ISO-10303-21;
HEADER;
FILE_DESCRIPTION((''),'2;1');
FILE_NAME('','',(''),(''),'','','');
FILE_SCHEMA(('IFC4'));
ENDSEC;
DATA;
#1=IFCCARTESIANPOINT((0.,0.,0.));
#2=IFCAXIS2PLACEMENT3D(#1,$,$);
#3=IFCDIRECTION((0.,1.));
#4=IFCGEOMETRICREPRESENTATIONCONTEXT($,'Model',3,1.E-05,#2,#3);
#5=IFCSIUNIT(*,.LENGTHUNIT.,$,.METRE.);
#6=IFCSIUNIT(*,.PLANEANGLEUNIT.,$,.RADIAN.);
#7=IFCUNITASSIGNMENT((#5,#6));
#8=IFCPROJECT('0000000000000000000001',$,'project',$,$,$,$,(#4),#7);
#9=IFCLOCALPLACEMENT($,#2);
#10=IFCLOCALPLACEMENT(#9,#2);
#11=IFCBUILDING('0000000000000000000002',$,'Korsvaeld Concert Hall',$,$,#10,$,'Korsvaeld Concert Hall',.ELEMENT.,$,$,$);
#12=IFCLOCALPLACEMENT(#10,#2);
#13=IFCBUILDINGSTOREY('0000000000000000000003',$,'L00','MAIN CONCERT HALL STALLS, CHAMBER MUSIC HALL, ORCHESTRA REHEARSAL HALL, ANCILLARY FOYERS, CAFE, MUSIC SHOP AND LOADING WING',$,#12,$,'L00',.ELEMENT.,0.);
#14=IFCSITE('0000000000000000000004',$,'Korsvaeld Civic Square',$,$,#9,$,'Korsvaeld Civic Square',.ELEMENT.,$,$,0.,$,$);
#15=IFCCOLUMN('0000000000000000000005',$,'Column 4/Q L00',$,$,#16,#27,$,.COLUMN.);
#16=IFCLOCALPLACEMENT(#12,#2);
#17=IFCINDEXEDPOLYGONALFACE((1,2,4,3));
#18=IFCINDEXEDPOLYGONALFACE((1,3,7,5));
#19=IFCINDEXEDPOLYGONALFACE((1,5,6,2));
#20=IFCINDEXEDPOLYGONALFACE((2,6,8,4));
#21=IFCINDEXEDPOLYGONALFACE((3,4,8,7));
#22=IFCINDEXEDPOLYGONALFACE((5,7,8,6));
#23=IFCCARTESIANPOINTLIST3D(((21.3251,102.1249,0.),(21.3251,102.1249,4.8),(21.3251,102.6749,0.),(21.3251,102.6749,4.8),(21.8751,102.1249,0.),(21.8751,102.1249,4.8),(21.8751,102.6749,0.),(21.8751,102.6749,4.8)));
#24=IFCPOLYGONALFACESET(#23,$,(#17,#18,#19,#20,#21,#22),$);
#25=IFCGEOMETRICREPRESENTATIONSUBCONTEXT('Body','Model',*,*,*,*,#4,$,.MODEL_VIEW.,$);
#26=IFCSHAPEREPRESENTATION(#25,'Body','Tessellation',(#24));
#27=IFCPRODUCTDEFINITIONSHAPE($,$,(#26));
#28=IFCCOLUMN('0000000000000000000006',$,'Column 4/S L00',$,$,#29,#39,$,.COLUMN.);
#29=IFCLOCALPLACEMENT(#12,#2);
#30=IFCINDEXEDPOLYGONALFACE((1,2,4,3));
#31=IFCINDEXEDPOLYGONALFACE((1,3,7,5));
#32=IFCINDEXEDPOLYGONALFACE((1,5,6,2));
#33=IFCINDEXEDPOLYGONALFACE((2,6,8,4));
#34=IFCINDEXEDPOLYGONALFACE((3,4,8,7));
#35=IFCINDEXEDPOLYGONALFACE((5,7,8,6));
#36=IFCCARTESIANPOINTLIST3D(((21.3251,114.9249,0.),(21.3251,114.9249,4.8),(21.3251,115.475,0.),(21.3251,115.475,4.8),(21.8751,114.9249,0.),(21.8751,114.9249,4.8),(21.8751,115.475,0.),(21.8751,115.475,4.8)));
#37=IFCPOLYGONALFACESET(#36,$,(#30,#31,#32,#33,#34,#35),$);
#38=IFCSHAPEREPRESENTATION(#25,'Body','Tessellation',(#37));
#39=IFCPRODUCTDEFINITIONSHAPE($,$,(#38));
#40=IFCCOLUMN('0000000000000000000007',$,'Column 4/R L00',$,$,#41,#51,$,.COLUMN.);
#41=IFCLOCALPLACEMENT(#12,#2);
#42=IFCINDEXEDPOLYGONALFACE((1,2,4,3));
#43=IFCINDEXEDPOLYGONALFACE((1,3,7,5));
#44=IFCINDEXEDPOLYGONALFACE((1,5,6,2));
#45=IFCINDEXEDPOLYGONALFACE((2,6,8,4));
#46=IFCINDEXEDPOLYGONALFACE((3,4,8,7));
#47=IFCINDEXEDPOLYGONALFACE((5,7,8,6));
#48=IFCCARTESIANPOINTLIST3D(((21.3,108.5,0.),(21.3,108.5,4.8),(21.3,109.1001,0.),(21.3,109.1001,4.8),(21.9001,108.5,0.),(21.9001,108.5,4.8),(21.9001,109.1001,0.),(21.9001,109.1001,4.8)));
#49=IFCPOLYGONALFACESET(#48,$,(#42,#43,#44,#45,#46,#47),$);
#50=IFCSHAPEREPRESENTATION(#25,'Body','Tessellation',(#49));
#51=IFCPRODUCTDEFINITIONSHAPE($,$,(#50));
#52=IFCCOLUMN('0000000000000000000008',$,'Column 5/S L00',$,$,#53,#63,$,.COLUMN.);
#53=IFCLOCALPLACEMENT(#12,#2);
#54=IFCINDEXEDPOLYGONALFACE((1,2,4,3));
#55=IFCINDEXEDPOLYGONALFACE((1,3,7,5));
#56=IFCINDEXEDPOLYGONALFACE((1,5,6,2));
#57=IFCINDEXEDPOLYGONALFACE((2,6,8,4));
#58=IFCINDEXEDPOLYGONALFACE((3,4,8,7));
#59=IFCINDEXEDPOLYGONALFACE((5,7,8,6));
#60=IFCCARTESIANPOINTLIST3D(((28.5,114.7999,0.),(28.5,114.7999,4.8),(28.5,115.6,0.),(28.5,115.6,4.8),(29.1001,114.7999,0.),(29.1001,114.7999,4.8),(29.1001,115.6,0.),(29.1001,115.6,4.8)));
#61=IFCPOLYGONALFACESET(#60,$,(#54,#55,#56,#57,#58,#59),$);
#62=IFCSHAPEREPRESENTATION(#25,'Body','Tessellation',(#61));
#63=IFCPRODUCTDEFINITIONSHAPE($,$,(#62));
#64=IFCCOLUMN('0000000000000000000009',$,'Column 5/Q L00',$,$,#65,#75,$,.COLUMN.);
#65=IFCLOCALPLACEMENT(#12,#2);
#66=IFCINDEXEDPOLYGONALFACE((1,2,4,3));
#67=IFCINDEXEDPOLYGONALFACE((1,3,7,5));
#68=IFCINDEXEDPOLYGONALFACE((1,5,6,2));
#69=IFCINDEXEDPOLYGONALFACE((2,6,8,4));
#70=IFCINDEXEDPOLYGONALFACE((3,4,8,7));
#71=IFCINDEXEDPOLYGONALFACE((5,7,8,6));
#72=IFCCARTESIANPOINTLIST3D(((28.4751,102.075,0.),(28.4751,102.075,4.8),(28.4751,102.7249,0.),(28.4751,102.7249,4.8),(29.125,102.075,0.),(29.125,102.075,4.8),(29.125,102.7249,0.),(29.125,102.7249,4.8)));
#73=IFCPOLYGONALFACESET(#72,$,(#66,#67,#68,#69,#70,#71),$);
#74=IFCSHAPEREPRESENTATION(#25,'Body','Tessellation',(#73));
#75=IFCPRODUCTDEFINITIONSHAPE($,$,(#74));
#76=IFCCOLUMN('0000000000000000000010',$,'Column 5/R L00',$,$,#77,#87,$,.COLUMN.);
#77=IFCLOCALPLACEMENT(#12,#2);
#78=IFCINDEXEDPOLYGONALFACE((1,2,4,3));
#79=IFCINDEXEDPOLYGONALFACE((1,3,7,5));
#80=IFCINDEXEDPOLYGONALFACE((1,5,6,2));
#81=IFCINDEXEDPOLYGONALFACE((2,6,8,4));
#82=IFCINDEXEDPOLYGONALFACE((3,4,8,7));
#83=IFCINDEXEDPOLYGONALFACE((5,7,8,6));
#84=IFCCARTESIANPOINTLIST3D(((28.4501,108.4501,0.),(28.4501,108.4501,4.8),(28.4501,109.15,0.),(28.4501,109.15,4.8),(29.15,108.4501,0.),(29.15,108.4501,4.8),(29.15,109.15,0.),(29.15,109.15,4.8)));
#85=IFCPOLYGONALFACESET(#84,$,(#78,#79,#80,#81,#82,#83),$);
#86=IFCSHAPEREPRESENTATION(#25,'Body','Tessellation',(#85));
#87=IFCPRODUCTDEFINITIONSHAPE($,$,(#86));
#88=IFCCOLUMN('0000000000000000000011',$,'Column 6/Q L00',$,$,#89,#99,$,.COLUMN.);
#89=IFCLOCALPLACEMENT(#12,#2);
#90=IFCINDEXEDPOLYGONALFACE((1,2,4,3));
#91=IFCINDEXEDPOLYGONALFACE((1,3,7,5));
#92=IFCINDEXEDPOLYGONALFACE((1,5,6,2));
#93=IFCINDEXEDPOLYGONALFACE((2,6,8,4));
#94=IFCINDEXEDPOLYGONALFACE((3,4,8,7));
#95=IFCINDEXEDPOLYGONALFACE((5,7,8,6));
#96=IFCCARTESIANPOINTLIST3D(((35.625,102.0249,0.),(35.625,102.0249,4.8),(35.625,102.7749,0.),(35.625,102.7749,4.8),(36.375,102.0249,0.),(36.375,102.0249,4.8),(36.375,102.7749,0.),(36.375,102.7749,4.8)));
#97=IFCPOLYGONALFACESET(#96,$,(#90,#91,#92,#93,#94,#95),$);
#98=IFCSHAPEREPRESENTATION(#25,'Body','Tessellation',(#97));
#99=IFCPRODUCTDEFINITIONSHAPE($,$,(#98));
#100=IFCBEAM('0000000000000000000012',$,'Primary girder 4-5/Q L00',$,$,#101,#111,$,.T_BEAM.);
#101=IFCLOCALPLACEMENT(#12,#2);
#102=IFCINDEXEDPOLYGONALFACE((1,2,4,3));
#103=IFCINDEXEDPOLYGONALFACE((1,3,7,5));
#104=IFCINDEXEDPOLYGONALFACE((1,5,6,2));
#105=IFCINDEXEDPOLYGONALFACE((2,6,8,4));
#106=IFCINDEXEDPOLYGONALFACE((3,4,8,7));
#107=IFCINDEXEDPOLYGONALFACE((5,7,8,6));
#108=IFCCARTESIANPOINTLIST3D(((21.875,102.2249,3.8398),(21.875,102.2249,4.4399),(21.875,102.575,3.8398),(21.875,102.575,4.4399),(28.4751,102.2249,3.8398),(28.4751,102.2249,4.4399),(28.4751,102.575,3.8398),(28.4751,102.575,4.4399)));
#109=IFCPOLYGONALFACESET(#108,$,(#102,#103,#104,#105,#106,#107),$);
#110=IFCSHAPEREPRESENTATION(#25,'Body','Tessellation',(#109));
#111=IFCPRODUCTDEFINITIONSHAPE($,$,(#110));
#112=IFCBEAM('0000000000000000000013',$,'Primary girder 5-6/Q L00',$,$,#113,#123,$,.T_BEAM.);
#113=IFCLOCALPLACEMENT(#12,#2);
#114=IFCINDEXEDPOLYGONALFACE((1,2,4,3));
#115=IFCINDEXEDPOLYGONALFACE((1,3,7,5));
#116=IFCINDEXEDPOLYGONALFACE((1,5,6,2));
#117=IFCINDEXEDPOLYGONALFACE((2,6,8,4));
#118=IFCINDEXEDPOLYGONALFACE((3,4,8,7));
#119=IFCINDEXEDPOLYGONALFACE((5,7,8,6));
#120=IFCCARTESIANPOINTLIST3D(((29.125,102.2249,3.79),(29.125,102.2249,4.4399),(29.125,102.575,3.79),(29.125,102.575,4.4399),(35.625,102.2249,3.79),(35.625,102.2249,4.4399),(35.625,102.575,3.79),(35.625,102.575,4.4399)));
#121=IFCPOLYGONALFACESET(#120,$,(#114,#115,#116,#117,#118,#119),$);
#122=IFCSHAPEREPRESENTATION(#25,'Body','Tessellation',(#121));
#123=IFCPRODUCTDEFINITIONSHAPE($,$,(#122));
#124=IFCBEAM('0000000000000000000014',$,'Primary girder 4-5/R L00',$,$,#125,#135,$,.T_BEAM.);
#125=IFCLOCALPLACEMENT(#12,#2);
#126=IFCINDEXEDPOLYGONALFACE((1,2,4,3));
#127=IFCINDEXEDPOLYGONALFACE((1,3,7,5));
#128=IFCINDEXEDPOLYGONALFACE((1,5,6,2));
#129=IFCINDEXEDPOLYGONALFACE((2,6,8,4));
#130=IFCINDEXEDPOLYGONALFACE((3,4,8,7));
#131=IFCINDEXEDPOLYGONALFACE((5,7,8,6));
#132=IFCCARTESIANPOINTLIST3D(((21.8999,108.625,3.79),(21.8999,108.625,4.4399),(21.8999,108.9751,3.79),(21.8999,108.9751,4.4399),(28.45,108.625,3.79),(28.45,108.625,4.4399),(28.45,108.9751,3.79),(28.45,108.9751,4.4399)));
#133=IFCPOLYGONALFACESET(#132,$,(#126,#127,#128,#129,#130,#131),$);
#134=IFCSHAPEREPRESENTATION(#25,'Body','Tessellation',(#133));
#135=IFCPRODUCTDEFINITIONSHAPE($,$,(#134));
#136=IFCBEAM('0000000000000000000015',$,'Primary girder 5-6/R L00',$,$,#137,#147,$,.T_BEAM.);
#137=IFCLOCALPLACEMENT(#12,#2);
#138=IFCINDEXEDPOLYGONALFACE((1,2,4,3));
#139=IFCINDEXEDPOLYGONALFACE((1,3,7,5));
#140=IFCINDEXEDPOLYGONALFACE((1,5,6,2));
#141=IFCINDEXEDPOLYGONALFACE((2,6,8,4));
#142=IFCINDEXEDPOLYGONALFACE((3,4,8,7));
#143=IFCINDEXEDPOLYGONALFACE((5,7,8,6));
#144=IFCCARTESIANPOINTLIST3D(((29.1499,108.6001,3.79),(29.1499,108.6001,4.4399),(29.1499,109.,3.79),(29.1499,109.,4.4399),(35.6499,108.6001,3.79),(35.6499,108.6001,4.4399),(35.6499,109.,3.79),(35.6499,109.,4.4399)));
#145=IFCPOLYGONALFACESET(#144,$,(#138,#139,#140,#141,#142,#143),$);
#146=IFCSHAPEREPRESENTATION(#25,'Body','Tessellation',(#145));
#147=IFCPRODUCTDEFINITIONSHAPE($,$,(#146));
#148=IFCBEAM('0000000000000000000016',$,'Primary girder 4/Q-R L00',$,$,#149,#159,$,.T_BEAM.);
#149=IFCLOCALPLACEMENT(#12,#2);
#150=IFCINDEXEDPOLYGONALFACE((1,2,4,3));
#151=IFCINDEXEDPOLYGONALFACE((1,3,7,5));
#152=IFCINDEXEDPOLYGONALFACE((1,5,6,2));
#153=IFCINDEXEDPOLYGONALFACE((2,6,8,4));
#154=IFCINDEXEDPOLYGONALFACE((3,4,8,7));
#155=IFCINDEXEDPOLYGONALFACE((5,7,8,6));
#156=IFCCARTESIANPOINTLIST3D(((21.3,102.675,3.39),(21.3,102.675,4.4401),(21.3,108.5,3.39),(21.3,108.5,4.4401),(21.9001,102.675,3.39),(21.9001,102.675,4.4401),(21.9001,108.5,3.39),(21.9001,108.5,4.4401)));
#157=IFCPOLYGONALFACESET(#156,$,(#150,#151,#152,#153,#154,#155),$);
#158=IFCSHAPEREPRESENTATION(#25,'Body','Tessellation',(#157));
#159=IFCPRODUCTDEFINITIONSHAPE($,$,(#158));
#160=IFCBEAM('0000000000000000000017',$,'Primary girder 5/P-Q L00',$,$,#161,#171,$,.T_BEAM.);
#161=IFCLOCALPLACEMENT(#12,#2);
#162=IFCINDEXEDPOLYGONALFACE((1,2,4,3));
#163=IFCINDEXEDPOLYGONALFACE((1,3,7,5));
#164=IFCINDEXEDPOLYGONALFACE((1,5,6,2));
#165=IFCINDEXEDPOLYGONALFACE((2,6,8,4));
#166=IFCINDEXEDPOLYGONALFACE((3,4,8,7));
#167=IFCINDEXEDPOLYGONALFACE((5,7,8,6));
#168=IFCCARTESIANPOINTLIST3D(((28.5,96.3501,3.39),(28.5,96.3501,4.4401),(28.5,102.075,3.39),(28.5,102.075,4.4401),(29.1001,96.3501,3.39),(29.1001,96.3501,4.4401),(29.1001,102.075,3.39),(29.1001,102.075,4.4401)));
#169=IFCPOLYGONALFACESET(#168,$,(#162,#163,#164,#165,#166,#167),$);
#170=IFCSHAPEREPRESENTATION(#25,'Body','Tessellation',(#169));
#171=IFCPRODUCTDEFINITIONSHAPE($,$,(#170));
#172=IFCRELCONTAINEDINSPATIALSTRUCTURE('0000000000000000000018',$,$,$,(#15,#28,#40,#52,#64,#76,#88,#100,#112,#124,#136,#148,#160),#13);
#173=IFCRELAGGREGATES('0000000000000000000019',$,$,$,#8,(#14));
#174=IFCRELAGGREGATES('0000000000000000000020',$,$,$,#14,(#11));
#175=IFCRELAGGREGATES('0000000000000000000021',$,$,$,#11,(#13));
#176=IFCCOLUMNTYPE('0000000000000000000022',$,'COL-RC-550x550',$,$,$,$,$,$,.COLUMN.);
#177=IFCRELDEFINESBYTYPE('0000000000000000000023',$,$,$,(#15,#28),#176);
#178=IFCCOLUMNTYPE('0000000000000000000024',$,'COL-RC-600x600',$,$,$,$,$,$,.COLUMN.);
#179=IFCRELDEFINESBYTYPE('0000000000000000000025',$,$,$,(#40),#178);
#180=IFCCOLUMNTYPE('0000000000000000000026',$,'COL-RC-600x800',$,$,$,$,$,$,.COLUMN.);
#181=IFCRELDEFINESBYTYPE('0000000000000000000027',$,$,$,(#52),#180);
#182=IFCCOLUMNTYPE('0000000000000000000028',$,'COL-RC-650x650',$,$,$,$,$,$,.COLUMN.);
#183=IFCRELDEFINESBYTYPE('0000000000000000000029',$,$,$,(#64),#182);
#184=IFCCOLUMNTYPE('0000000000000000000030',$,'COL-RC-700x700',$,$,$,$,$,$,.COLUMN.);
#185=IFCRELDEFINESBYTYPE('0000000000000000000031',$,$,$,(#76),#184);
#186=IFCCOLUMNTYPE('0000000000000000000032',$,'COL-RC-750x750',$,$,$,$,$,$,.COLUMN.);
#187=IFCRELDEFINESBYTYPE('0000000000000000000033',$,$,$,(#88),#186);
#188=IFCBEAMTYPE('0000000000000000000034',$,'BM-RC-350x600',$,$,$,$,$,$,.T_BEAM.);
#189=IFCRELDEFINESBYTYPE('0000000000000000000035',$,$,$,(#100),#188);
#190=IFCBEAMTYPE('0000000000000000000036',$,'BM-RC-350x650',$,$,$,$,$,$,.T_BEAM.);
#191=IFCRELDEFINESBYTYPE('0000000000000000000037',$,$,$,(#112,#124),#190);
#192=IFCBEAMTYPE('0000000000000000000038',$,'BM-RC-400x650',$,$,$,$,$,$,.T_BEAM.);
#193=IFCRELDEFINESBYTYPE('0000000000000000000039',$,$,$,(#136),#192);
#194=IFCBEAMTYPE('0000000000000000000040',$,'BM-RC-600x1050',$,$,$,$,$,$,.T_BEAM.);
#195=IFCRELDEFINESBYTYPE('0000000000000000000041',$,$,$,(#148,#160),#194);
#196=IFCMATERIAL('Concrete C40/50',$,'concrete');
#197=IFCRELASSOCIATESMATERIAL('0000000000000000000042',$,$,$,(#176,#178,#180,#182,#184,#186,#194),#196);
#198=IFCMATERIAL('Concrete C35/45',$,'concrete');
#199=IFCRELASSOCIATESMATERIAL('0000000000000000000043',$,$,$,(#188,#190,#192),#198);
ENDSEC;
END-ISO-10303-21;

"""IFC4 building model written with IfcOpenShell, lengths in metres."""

from ifc_helpers import new_model, si_unit, direction, frame, origin, origin_2d, place, context, subcontext, project, spatial, rectangle, extrude, material, material_profile, profile_set, type_object, element, save


model = new_model("IFC4")

# Units and contexts
model_context = context("Model", 3, precision=1e-05, world=origin(), true_north=direction((0.0, 1.0)))
body_context = subcontext(model_context, "Body", "Model", "MODEL_VIEW")
ifc_project = project(units=[si_unit("LENGTHUNIT", "METRE"), si_unit("PLANEANGLEUNIT", "RADIAN")], contexts=[model_context])

# Site, building, storey
site_placement = place(None, origin())
site = spatial("IfcSite", under=ifc_project, at=site_placement, Name="Korsvaeld Civic Square", LongName="Korsvaeld Civic Square", CompositionType="ELEMENT", RefElevation=0.0)
building_placement = place(site_placement, origin())
building = spatial("IfcBuilding", under=site, at=building_placement, Name="Korsvaeld Concert Hall", LongName="Korsvaeld Concert Hall", CompositionType="ELEMENT")
storey_placement = place(building_placement, origin())
storey = spatial("IfcBuildingStorey", under=building, at=storey_placement, Name="L00", Description="MAIN CONCERT HALL STALLS, CHAMBER MUSIC HALL, ORCHESTRA REHEARSAL HALL, ANCILLARY FOYERS, CAFE, MUSIC SHOP AND LOADING WING", LongName="L00", CompositionType="ELEMENT", Elevation=0.0)

# Columns
ifc_material_1 = material(Name="Concrete C40/50", Category="concrete")
ifc_material_profile_1 = material_profile(ifc_material_1, rectangle(XDim=0.55, YDim=0.55, at=origin_2d()), Name="RC 550x550")
ifc_profile_set_1 = profile_set([ifc_material_profile_1], Name="Concrete C40/50")
column_type_1 = type_object("IfcColumnType", Name="COL-RC-550x550", PredefinedType="COLUMN", material=ifc_profile_set_1)
for number, where, z_axis, x_axis, name in (
    (1, (21.6001, 102.3999, 0.0), (0.0, 0.0, 1.0), (1.0, 0.0, 0.0), "Column 4/Q L00"),
    (2, (21.6001, 115.2, 0.0), (0.0, 0.0, 1.0), (1.0, 0.0, 0.0), "Column 4/S L00"),
):
    element("IfcColumn", number, at=place(storey_placement, frame(where, z_axis=z_axis, x_axis=x_axis)), inside=storey, type_object=column_type_1, Name=name, PredefinedType="COLUMN", context=body_context, shape_type="SweptSolid", body=[
        extrude(rectangle(XDim=0.55, YDim=0.55, at=origin_2d()), origin(), (0.0, 0.0, 1.0), 4.8),
    ])
ifc_material_profile_2 = material_profile(ifc_material_1, rectangle(XDim=0.6001, YDim=0.6001, at=origin_2d()), Name="RC 600x600")
ifc_profile_set_2 = profile_set([ifc_material_profile_2], Name="Concrete C40/50")
column_type_2 = type_object("IfcColumnType", Name="COL-RC-600x600", PredefinedType="COLUMN", material=ifc_profile_set_2)
column_1_placement = place(storey_placement, frame((21.6001, 108.8, 0.0), z_axis=(0.0, 0.0, 1.0), x_axis=(1.0, 0.0, 0.0)))
element("IfcColumn", 3, at=column_1_placement, inside=storey, type_object=column_type_2, Name="Column 4/R L00", PredefinedType="COLUMN", context=body_context, shape_type="SweptSolid", body=[
    extrude(rectangle(XDim=0.6001, YDim=0.6001, at=origin_2d()), origin(), (0.0, 0.0, 1.0), 4.8),
])
ifc_material_profile_3 = material_profile(ifc_material_1, rectangle(XDim=0.6001, YDim=0.8, at=origin_2d()), Name="RC 600x800")
ifc_profile_set_3 = profile_set([ifc_material_profile_3], Name="Concrete C40/50")
column_type_3 = type_object("IfcColumnType", Name="COL-RC-600x800", PredefinedType="COLUMN", material=ifc_profile_set_3)
column_2_placement = place(storey_placement, frame((28.8, 115.2, 0.0), z_axis=(0.0, 0.0, 1.0), x_axis=(1.0, 0.0, 0.0)))
element("IfcColumn", 4, at=column_2_placement, inside=storey, type_object=column_type_3, Name="Column 5/S L00", PredefinedType="COLUMN", context=body_context, shape_type="SweptSolid", body=[
    extrude(rectangle(XDim=0.6001, YDim=0.8, at=origin_2d()), origin(), (0.0, 0.0, 1.0), 4.8),
])
ifc_material_profile_4 = material_profile(ifc_material_1, rectangle(XDim=0.6499, YDim=0.6499, at=origin_2d()), Name="RC 650x650")
ifc_profile_set_4 = profile_set([ifc_material_profile_4], Name="Concrete C40/50")
column_type_4 = type_object("IfcColumnType", Name="COL-RC-650x650", PredefinedType="COLUMN", material=ifc_profile_set_4)
column_3_placement = place(storey_placement, frame((28.8, 102.3999, 0.0), z_axis=(0.0, 0.0, 1.0), x_axis=(1.0, 0.0, 0.0)))
element("IfcColumn", 5, at=column_3_placement, inside=storey, type_object=column_type_4, Name="Column 5/Q L00", PredefinedType="COLUMN", context=body_context, shape_type="SweptSolid", body=[
    extrude(rectangle(XDim=0.6499, YDim=0.6499, at=origin_2d()), origin(), (0.0, 0.0, 1.0), 4.8),
])
ifc_material_profile_5 = material_profile(ifc_material_1, rectangle(XDim=0.7, YDim=0.7, at=origin_2d()), Name="RC 700x700")
ifc_profile_set_5 = profile_set([ifc_material_profile_5], Name="Concrete C40/50")
column_type_5 = type_object("IfcColumnType", Name="COL-RC-700x700", PredefinedType="COLUMN", material=ifc_profile_set_5)
column_4_placement = place(storey_placement, frame((28.8, 108.8, 0.0), z_axis=(0.0, 0.0, 1.0), x_axis=(1.0, 0.0, 0.0)))
element("IfcColumn", 6, at=column_4_placement, inside=storey, type_object=column_type_5, Name="Column 5/R L00", PredefinedType="COLUMN", context=body_context, shape_type="SweptSolid", body=[
    extrude(rectangle(XDim=0.7, YDim=0.7, at=origin_2d()), origin(), (0.0, 0.0, 1.0), 4.8),
])
ifc_material_profile_6 = material_profile(ifc_material_1, rectangle(XDim=0.75, YDim=0.75, at=origin_2d()), Name="RC 750x750")
ifc_profile_set_6 = profile_set([ifc_material_profile_6], Name="Concrete C40/50")
column_type_6 = type_object("IfcColumnType", Name="COL-RC-750x750", PredefinedType="COLUMN", material=ifc_profile_set_6)
column_5_placement = place(storey_placement, frame((36.0, 102.3999, 0.0), z_axis=(0.0, 0.0, 1.0), x_axis=(1.0, 0.0, 0.0)))
element("IfcColumn", 7, at=column_5_placement, inside=storey, type_object=column_type_6, Name="Column 6/Q L00", PredefinedType="COLUMN", context=body_context, shape_type="SweptSolid", body=[
    extrude(rectangle(XDim=0.75, YDim=0.75, at=origin_2d()), origin(), (0.0, 0.0, 1.0), 4.8),
])

# Beams
ifc_material_2 = material(Name="Concrete C35/45", Category="concrete")
ifc_material_profile_7 = material_profile(ifc_material_2, rectangle(XDim=0.3501, YDim=0.6001, at=origin_2d()), Name="RC 350x600")
ifc_profile_set_7 = profile_set([ifc_material_profile_7], Name="Concrete C35/45")
beam_type_1 = type_object("IfcBeamType", Name="BM-RC-350x600", PredefinedType="T_BEAM", material=ifc_profile_set_7)
beam_1_placement = place(storey_placement, frame((21.875, 102.3999, 4.1399), z_axis=(1.0, 0.0, 0.0), x_axis=(0.0, 1.0, 0.0)))
element("IfcBeam", 8, at=beam_1_placement, inside=storey, type_object=beam_type_1, Name="Primary girder 4-5/Q L00", PredefinedType="T_BEAM", context=body_context, shape_type="SweptSolid", body=[
    extrude(rectangle(XDim=0.3501, YDim=0.6001, at=origin_2d()), origin(), (0.0, 0.0, 1.0), 6.6001),
])
ifc_material_profile_8 = material_profile(ifc_material_2, rectangle(XDim=0.3501, YDim=0.6499, at=origin_2d()), Name="RC 350x650")
ifc_profile_set_8 = profile_set([ifc_material_profile_8], Name="Concrete C35/45")
beam_type_2 = type_object("IfcBeamType", Name="BM-RC-350x650", PredefinedType="T_BEAM", material=ifc_profile_set_8)
beam_2_placement = place(storey_placement, frame((29.125, 102.3999, 4.115), z_axis=(1.0, 0.0, 0.0), x_axis=(0.0, 1.0, 0.0)))
element("IfcBeam", 9, at=beam_2_placement, inside=storey, type_object=beam_type_2, Name="Primary girder 5-6/Q L00", PredefinedType="T_BEAM", context=body_context, shape_type="SweptSolid", body=[
    extrude(rectangle(XDim=0.3501, YDim=0.6499, at=origin_2d()), origin(), (0.0, 0.0, 1.0), 6.5),
])
beam_3_placement = place(storey_placement, frame((21.8999, 108.8, 4.115), z_axis=(1.0, 0.0, 0.0), x_axis=(0.0, 1.0, 0.0)))
element("IfcBeam", 10, at=beam_3_placement, inside=storey, type_object=beam_type_2, Name="Primary girder 4-5/R L00", PredefinedType="T_BEAM", context=body_context, shape_type="SweptSolid", body=[
    extrude(rectangle(XDim=0.3501, YDim=0.6499, at=origin_2d()), origin(), (0.0, 0.0, 1.0), 6.55),
])
ifc_material_profile_9 = material_profile(ifc_material_2, rectangle(XDim=0.3999, YDim=0.6499, at=origin_2d()), Name="RC 400x650")
ifc_profile_set_9 = profile_set([ifc_material_profile_9], Name="Concrete C35/45")
beam_type_3 = type_object("IfcBeamType", Name="BM-RC-400x650", PredefinedType="T_BEAM", material=ifc_profile_set_9)
beam_4_placement = place(storey_placement, frame((29.1499, 108.8, 4.115), z_axis=(1.0, 0.0, 0.0), x_axis=(0.0, 1.0, 0.0)))
element("IfcBeam", 11, at=beam_4_placement, inside=storey, type_object=beam_type_3, Name="Primary girder 5-6/R L00", PredefinedType="T_BEAM", context=body_context, shape_type="SweptSolid", body=[
    extrude(rectangle(XDim=0.3999, YDim=0.6499, at=origin_2d()), origin(), (0.0, 0.0, 1.0), 6.5),
])
ifc_material_profile_10 = material_profile(ifc_material_1, rectangle(XDim=0.6001, YDim=1.05, at=origin_2d()), Name="RC 600x1050")
ifc_profile_set_10 = profile_set([ifc_material_profile_10], Name="Concrete C40/50")
beam_type_4 = type_object("IfcBeamType", Name="BM-RC-600x1050", PredefinedType="T_BEAM", material=ifc_profile_set_10)
beam_5_placement = place(storey_placement, frame((21.6001, 102.675, 3.915), z_axis=(0.0, 1.0, 0.0), x_axis=(-1.0, 0.0, 0.0)))
element("IfcBeam", 12, at=beam_5_placement, inside=storey, type_object=beam_type_4, Name="Primary girder 4/Q-R L00", PredefinedType="T_BEAM", context=body_context, shape_type="SweptSolid", body=[
    extrude(rectangle(XDim=0.6001, YDim=1.05, at=origin_2d()), origin(), (0.0, 0.0, 1.0), 5.825),
])
beam_6_placement = place(storey_placement, frame((28.8, 96.3501, 3.915), z_axis=(0.0, 1.0, 0.0), x_axis=(-1.0, 0.0, 0.0)))
element("IfcBeam", 13, at=beam_6_placement, inside=storey, type_object=beam_type_4, Name="Primary girder 5/P-Q L00", PredefinedType="T_BEAM", context=body_context, shape_type="SweptSolid", body=[
    extrude(rectangle(XDim=0.6001, YDim=1.05, at=origin_2d()), origin(), (0.0, 0.0, 1.0), 5.7249),
])

save(model, "model.ifc")
